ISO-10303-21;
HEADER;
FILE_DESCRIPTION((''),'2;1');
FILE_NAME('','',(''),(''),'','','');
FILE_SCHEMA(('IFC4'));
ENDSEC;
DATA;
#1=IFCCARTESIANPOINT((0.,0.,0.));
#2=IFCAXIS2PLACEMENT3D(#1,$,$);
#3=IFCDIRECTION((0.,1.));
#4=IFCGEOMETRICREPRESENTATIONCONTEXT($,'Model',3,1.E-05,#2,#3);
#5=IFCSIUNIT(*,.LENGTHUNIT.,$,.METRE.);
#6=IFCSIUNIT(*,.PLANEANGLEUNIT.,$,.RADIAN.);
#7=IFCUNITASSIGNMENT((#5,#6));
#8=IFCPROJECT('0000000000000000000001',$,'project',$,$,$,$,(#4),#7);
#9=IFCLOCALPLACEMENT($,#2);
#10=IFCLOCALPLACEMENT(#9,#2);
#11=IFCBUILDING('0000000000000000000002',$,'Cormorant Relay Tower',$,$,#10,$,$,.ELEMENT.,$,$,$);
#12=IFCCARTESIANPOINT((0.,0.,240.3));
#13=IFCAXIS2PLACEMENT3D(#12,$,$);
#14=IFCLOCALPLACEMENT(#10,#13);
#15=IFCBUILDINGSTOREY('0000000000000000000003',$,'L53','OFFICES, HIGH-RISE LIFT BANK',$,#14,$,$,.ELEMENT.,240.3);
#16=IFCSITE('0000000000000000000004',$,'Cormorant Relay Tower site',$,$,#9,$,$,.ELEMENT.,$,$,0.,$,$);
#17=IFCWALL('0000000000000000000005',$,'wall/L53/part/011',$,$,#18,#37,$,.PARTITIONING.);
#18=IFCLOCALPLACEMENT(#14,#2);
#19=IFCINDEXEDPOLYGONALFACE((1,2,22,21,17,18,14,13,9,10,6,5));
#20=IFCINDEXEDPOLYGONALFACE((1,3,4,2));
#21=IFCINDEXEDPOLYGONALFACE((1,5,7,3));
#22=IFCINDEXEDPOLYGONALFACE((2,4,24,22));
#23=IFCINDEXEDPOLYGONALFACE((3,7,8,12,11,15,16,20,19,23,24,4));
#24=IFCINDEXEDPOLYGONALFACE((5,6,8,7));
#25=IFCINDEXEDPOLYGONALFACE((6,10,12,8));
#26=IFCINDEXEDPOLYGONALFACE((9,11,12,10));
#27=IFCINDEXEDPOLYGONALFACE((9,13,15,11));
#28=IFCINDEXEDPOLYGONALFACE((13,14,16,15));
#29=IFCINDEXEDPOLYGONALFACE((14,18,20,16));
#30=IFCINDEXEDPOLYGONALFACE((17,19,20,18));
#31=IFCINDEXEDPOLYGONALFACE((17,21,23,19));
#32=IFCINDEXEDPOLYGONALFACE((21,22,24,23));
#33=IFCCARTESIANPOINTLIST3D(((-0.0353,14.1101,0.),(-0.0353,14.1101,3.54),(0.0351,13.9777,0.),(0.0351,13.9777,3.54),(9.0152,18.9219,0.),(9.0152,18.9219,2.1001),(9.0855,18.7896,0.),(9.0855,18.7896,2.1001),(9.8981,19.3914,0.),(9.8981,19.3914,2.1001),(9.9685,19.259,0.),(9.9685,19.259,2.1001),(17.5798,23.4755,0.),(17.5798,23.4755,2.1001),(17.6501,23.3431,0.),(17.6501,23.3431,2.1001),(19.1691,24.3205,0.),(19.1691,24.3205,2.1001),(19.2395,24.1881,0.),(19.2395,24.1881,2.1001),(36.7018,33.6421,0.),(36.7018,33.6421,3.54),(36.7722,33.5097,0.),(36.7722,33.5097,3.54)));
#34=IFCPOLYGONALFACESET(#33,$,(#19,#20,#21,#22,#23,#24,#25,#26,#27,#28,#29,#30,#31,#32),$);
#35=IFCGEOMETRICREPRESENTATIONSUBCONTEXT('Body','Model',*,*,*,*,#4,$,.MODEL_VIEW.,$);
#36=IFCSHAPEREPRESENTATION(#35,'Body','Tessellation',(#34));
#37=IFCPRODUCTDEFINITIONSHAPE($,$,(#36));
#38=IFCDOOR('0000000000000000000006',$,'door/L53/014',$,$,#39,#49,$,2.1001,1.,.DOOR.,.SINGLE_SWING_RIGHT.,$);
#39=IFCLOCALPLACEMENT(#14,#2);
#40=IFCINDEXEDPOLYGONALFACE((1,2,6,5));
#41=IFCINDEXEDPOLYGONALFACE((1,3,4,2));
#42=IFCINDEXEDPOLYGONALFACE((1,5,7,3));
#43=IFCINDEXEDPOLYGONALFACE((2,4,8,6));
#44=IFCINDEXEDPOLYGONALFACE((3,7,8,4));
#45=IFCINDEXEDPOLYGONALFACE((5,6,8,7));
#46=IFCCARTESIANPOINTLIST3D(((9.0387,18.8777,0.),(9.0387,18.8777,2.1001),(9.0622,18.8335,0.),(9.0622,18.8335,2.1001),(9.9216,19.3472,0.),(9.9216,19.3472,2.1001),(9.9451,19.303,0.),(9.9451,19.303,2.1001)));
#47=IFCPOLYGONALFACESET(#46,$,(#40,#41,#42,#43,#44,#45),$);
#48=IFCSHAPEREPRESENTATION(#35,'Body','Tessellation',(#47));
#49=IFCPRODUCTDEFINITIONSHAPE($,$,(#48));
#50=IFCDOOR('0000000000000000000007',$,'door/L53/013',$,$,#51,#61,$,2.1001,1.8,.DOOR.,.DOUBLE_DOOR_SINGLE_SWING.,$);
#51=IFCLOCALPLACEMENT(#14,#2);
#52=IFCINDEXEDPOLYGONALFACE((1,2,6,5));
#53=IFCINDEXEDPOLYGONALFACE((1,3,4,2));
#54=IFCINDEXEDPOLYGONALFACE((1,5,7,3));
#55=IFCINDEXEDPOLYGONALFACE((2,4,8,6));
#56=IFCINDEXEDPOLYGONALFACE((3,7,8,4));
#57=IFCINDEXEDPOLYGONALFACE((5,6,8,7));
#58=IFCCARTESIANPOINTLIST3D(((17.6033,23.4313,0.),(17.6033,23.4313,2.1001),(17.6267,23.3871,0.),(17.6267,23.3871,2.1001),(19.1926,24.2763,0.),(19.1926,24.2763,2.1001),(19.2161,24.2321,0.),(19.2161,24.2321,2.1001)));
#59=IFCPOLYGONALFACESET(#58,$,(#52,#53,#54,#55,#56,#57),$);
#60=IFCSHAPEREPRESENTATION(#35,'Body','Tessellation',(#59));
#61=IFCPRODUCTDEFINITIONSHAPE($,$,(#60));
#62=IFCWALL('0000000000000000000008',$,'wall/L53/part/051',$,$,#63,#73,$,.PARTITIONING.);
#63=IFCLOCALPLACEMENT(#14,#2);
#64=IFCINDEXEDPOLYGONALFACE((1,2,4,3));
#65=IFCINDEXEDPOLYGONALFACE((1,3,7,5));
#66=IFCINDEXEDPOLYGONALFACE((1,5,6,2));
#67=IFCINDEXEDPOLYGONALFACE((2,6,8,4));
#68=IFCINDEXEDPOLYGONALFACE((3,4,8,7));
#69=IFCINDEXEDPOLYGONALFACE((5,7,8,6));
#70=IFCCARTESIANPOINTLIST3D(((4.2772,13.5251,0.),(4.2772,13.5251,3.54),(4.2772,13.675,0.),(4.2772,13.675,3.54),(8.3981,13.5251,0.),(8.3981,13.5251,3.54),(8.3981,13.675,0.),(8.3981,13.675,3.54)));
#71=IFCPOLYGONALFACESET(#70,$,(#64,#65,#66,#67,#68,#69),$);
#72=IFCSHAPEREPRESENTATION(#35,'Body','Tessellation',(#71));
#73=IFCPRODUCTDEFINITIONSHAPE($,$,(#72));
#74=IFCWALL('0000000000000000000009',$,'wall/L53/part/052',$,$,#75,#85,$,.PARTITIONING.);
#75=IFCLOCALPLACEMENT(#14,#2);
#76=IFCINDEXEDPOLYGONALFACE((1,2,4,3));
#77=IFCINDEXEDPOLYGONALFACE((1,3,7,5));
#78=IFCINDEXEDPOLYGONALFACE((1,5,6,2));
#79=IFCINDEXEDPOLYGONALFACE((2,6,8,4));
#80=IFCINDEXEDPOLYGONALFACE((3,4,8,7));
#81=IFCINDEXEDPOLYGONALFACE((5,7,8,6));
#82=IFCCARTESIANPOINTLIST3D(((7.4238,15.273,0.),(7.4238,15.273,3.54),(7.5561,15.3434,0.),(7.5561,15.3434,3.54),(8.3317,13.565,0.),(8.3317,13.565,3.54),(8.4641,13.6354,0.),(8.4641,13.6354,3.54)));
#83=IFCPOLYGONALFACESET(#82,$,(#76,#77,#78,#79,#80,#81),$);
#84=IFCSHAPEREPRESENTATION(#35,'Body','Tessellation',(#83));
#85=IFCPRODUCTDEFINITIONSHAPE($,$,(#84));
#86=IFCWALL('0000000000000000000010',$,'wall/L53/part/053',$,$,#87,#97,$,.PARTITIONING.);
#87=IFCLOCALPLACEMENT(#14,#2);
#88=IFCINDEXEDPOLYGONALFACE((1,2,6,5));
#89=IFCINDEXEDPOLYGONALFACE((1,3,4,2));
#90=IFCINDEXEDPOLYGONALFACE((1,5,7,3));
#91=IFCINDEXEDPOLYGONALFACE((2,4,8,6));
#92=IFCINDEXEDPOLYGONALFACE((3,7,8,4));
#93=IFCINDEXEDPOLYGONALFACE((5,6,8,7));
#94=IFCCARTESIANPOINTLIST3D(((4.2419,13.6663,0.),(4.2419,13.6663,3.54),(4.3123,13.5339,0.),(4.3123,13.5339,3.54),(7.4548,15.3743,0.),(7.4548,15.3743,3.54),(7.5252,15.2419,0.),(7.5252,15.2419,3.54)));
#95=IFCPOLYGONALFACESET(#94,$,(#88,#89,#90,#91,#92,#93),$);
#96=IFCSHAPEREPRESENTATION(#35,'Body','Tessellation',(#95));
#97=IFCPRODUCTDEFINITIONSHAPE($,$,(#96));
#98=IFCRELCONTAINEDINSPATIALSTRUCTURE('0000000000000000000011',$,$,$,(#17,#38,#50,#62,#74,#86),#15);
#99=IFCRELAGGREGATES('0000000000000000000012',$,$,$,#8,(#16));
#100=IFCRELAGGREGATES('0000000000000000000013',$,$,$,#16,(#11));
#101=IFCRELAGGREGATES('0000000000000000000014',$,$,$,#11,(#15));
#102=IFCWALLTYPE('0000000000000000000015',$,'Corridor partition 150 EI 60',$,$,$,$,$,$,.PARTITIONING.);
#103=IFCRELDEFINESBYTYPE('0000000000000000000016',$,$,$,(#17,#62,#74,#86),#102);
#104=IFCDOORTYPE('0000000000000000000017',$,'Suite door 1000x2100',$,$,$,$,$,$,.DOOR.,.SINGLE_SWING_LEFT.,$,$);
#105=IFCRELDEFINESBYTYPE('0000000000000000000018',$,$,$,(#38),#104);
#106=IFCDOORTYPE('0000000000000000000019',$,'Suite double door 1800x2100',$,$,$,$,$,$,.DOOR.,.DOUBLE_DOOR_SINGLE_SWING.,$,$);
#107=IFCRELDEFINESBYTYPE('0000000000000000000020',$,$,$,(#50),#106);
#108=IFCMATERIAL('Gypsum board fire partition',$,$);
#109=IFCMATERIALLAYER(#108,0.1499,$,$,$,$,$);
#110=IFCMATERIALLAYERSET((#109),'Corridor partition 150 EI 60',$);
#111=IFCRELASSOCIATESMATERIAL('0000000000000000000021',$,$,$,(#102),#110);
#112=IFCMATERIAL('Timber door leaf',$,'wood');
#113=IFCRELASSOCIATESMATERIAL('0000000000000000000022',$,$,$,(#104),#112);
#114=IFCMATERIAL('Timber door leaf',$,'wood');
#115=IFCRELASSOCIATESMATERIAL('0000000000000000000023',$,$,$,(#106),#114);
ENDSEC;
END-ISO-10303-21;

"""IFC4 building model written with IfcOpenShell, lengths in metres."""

from ifc_helpers import new_model, si_unit, direction, frame, frame_2d, origin, place, context, subcontext, project, spatial, rectangle, extrude, material, layer, layer_set, type_object, element, fill, save


model = new_model("IFC4")

# Units and contexts
model_context = context("Model", 3, precision=1e-05, world=origin(), true_north=direction((0.0, 1.0)))
body_context = subcontext(model_context, "Body", "Model", "MODEL_VIEW")
ifc_project = project(units=[si_unit("LENGTHUNIT", "METRE"), si_unit("PLANEANGLEUNIT", "RADIAN")], contexts=[model_context])

# Site, building, storey
site_placement = place(None, origin())
site = spatial("IfcSite", under=ifc_project, at=site_placement, Name="Cormorant Relay Tower site", CompositionType="ELEMENT", RefElevation=0.0)
building_placement = place(site_placement, origin())
building = spatial("IfcBuilding", under=site, at=building_placement, Name="Cormorant Relay Tower", CompositionType="ELEMENT")
storey_placement = place(building_placement, frame((0.0, 0.0, 240.3)))
storey = spatial("IfcBuildingStorey", under=building, at=storey_placement, Name="L53", Description="OFFICES, HIGH-RISE LIFT BANK", CompositionType="ELEMENT", Elevation=240.3)

# Wall, openings, doors
ifc_material_1 = material(Name="Gypsum board fire partition")
ifc_layer_1 = layer(ifc_material_1, 0.1499)
ifc_layer_set_1 = layer_set([ifc_layer_1], Name="Corridor partition 150 EI 60")
wall_type_1 = type_object("IfcWallType", Name="Corridor partition 150 EI 60", PredefinedType="PARTITIONING", material=ifc_layer_set_1)
wall_1_placement = place(storey_placement, frame((0.0, 14.0439, 0.0), z_axis=(0.0, 0.0, 1.0), x_axis=(0.882962, 0.469444, 0.0)))
wall_1 = element("IfcWall", 1, at=wall_1_placement, inside=storey, type_object=wall_type_1, Name="wall/L53/part/011", PredefinedType="PARTITIONING", context=body_context, shape_type="SweptSolid", body=[
    extrude(rectangle(XDim=41.6067, YDim=0.1499, at=frame_2d((20.8032, 0.0))), origin(), (0.0, 0.0, 1.0), 3.54),
])
opening_1_placement = place(wall_1_placement, frame((19.95, 0.0, 0.0)))
opening_1 = element("IfcOpeningElement", 2, at=opening_1_placement, cuts=wall_1, PredefinedType="OPENING", context=body_context, shape_type="SweptSolid", body=[
    extrude(rectangle(XDim=1.8, YDim=2.1001, at=frame_2d((0.8999, 1.05))), frame((0.0, 0.085, 0.0), z_axis=(0.0, -1.0, 0.0), x_axis=(1.0, 0.0, 0.0)), (0.0, 0.0, 1.0), 0.1699),
])
opening_2_placement = place(wall_1_placement, frame((10.25, 0.0, 0.0)))
opening_2 = element("IfcOpeningElement", 3, at=opening_2_placement, cuts=wall_1, PredefinedType="OPENING", context=body_context, shape_type="SweptSolid", body=[
    extrude(rectangle(XDim=1.0, YDim=2.1001, at=frame_2d((0.5, 1.05))), frame((0.0, 0.085, 0.0), z_axis=(0.0, -1.0, 0.0), x_axis=(1.0, 0.0, 0.0)), (0.0, 0.0, 1.0), 0.1699),
])
ifc_material_2 = material(Name="Timber door leaf", Category="wood")
door_type_1 = type_object("IfcDoorType", Name="Suite door 1000x2100", OperationType="SINGLE_SWING_LEFT", PredefinedType="DOOR", material=ifc_material_2)
door_1_placement = place(opening_2_placement, origin())
door_1 = element("IfcDoor", 4, at=door_1_placement, inside=storey, type_object=door_type_1, Name="door/L53/014", OperationType="SINGLE_SWING_RIGHT", OverallHeight=2.1001, OverallWidth=1.0, PredefinedType="DOOR", context=body_context, shape_type="SweptSolid", body=[
    extrude(rectangle(XDim=1.0, YDim=2.1001, at=frame_2d((0.5, 1.05))), frame((0.0, 0.0249, 0.0), z_axis=(0.0, -1.0, 0.0), x_axis=(1.0, 0.0, 0.0)), (0.0, 0.0, 1.0), 0.05),
])
fill(opening_2, door_1)
ifc_material_3 = material(Name="Timber door leaf", Category="wood")
door_type_2 = type_object("IfcDoorType", Name="Suite double door 1800x2100", OperationType="DOUBLE_DOOR_SINGLE_SWING", PredefinedType="DOOR", material=ifc_material_3)
door_2_placement = place(opening_1_placement, origin())
door_2 = element("IfcDoor", 5, at=door_2_placement, inside=storey, type_object=door_type_2, Name="door/L53/013", OperationType="DOUBLE_DOOR_SINGLE_SWING", OverallHeight=2.1001, OverallWidth=1.8, PredefinedType="DOOR", context=body_context, shape_type="SweptSolid", body=[
    extrude(rectangle(XDim=1.8, YDim=2.1001, at=frame_2d((0.8999, 1.05))), frame((0.0, 0.0249, 0.0), z_axis=(0.0, -1.0, 0.0), x_axis=(1.0, 0.0, 0.0)), (0.0, 0.0, 1.0), 0.05),
])
fill(opening_1, door_2)

# Walls
wall_2_placement = place(storey_placement, frame((4.2771, 13.6001, 0.0), z_axis=(0.0, 0.0, 1.0), x_axis=(1.0, 0.0, 0.0)))
element("IfcWall", 6, at=wall_2_placement, inside=storey, type_object=wall_type_1, Name="wall/L53/part/051", PredefinedType="PARTITIONING", context=body_context, shape_type="SweptSolid", body=[
    extrude(rectangle(XDim=4.1208, YDim=0.1499, at=frame_2d((2.0605, 0.0))), origin(), (0.0, 0.0, 1.0), 3.54),
])
wall_3_placement = place(storey_placement, frame((8.3979, 13.6001, 0.0), z_axis=(0.0, 0.0, 1.0), x_axis=(-0.469389, 0.882991, 0.0)))
element("IfcWall", 7, at=wall_3_placement, inside=storey, type_object=wall_type_1, Name="wall/L53/part/052", PredefinedType="PARTITIONING", context=body_context, shape_type="SweptSolid", body=[
    extrude(rectangle(XDim=1.9343, YDim=0.1499, at=frame_2d((0.9673, 0.0))), origin(), (0.0, 0.0, 1.0), 3.54),
])
wall_4_placement = place(storey_placement, frame((7.49, 15.3081, 0.0), z_axis=(0.0, 0.0, 1.0), x_axis=(-0.882984, -0.469404, 0.0)))
element("IfcWall", 8, at=wall_4_placement, inside=storey, type_object=wall_type_1, Name="wall/L53/part/053", PredefinedType="PARTITIONING", context=body_context, shape_type="SweptSolid", body=[
    extrude(rectangle(XDim=3.6387, YDim=0.1499, at=frame_2d((1.8193, 0.0))), origin(), (0.0, 0.0, 1.0), 3.54),
])

save(model, "model.ifc")
